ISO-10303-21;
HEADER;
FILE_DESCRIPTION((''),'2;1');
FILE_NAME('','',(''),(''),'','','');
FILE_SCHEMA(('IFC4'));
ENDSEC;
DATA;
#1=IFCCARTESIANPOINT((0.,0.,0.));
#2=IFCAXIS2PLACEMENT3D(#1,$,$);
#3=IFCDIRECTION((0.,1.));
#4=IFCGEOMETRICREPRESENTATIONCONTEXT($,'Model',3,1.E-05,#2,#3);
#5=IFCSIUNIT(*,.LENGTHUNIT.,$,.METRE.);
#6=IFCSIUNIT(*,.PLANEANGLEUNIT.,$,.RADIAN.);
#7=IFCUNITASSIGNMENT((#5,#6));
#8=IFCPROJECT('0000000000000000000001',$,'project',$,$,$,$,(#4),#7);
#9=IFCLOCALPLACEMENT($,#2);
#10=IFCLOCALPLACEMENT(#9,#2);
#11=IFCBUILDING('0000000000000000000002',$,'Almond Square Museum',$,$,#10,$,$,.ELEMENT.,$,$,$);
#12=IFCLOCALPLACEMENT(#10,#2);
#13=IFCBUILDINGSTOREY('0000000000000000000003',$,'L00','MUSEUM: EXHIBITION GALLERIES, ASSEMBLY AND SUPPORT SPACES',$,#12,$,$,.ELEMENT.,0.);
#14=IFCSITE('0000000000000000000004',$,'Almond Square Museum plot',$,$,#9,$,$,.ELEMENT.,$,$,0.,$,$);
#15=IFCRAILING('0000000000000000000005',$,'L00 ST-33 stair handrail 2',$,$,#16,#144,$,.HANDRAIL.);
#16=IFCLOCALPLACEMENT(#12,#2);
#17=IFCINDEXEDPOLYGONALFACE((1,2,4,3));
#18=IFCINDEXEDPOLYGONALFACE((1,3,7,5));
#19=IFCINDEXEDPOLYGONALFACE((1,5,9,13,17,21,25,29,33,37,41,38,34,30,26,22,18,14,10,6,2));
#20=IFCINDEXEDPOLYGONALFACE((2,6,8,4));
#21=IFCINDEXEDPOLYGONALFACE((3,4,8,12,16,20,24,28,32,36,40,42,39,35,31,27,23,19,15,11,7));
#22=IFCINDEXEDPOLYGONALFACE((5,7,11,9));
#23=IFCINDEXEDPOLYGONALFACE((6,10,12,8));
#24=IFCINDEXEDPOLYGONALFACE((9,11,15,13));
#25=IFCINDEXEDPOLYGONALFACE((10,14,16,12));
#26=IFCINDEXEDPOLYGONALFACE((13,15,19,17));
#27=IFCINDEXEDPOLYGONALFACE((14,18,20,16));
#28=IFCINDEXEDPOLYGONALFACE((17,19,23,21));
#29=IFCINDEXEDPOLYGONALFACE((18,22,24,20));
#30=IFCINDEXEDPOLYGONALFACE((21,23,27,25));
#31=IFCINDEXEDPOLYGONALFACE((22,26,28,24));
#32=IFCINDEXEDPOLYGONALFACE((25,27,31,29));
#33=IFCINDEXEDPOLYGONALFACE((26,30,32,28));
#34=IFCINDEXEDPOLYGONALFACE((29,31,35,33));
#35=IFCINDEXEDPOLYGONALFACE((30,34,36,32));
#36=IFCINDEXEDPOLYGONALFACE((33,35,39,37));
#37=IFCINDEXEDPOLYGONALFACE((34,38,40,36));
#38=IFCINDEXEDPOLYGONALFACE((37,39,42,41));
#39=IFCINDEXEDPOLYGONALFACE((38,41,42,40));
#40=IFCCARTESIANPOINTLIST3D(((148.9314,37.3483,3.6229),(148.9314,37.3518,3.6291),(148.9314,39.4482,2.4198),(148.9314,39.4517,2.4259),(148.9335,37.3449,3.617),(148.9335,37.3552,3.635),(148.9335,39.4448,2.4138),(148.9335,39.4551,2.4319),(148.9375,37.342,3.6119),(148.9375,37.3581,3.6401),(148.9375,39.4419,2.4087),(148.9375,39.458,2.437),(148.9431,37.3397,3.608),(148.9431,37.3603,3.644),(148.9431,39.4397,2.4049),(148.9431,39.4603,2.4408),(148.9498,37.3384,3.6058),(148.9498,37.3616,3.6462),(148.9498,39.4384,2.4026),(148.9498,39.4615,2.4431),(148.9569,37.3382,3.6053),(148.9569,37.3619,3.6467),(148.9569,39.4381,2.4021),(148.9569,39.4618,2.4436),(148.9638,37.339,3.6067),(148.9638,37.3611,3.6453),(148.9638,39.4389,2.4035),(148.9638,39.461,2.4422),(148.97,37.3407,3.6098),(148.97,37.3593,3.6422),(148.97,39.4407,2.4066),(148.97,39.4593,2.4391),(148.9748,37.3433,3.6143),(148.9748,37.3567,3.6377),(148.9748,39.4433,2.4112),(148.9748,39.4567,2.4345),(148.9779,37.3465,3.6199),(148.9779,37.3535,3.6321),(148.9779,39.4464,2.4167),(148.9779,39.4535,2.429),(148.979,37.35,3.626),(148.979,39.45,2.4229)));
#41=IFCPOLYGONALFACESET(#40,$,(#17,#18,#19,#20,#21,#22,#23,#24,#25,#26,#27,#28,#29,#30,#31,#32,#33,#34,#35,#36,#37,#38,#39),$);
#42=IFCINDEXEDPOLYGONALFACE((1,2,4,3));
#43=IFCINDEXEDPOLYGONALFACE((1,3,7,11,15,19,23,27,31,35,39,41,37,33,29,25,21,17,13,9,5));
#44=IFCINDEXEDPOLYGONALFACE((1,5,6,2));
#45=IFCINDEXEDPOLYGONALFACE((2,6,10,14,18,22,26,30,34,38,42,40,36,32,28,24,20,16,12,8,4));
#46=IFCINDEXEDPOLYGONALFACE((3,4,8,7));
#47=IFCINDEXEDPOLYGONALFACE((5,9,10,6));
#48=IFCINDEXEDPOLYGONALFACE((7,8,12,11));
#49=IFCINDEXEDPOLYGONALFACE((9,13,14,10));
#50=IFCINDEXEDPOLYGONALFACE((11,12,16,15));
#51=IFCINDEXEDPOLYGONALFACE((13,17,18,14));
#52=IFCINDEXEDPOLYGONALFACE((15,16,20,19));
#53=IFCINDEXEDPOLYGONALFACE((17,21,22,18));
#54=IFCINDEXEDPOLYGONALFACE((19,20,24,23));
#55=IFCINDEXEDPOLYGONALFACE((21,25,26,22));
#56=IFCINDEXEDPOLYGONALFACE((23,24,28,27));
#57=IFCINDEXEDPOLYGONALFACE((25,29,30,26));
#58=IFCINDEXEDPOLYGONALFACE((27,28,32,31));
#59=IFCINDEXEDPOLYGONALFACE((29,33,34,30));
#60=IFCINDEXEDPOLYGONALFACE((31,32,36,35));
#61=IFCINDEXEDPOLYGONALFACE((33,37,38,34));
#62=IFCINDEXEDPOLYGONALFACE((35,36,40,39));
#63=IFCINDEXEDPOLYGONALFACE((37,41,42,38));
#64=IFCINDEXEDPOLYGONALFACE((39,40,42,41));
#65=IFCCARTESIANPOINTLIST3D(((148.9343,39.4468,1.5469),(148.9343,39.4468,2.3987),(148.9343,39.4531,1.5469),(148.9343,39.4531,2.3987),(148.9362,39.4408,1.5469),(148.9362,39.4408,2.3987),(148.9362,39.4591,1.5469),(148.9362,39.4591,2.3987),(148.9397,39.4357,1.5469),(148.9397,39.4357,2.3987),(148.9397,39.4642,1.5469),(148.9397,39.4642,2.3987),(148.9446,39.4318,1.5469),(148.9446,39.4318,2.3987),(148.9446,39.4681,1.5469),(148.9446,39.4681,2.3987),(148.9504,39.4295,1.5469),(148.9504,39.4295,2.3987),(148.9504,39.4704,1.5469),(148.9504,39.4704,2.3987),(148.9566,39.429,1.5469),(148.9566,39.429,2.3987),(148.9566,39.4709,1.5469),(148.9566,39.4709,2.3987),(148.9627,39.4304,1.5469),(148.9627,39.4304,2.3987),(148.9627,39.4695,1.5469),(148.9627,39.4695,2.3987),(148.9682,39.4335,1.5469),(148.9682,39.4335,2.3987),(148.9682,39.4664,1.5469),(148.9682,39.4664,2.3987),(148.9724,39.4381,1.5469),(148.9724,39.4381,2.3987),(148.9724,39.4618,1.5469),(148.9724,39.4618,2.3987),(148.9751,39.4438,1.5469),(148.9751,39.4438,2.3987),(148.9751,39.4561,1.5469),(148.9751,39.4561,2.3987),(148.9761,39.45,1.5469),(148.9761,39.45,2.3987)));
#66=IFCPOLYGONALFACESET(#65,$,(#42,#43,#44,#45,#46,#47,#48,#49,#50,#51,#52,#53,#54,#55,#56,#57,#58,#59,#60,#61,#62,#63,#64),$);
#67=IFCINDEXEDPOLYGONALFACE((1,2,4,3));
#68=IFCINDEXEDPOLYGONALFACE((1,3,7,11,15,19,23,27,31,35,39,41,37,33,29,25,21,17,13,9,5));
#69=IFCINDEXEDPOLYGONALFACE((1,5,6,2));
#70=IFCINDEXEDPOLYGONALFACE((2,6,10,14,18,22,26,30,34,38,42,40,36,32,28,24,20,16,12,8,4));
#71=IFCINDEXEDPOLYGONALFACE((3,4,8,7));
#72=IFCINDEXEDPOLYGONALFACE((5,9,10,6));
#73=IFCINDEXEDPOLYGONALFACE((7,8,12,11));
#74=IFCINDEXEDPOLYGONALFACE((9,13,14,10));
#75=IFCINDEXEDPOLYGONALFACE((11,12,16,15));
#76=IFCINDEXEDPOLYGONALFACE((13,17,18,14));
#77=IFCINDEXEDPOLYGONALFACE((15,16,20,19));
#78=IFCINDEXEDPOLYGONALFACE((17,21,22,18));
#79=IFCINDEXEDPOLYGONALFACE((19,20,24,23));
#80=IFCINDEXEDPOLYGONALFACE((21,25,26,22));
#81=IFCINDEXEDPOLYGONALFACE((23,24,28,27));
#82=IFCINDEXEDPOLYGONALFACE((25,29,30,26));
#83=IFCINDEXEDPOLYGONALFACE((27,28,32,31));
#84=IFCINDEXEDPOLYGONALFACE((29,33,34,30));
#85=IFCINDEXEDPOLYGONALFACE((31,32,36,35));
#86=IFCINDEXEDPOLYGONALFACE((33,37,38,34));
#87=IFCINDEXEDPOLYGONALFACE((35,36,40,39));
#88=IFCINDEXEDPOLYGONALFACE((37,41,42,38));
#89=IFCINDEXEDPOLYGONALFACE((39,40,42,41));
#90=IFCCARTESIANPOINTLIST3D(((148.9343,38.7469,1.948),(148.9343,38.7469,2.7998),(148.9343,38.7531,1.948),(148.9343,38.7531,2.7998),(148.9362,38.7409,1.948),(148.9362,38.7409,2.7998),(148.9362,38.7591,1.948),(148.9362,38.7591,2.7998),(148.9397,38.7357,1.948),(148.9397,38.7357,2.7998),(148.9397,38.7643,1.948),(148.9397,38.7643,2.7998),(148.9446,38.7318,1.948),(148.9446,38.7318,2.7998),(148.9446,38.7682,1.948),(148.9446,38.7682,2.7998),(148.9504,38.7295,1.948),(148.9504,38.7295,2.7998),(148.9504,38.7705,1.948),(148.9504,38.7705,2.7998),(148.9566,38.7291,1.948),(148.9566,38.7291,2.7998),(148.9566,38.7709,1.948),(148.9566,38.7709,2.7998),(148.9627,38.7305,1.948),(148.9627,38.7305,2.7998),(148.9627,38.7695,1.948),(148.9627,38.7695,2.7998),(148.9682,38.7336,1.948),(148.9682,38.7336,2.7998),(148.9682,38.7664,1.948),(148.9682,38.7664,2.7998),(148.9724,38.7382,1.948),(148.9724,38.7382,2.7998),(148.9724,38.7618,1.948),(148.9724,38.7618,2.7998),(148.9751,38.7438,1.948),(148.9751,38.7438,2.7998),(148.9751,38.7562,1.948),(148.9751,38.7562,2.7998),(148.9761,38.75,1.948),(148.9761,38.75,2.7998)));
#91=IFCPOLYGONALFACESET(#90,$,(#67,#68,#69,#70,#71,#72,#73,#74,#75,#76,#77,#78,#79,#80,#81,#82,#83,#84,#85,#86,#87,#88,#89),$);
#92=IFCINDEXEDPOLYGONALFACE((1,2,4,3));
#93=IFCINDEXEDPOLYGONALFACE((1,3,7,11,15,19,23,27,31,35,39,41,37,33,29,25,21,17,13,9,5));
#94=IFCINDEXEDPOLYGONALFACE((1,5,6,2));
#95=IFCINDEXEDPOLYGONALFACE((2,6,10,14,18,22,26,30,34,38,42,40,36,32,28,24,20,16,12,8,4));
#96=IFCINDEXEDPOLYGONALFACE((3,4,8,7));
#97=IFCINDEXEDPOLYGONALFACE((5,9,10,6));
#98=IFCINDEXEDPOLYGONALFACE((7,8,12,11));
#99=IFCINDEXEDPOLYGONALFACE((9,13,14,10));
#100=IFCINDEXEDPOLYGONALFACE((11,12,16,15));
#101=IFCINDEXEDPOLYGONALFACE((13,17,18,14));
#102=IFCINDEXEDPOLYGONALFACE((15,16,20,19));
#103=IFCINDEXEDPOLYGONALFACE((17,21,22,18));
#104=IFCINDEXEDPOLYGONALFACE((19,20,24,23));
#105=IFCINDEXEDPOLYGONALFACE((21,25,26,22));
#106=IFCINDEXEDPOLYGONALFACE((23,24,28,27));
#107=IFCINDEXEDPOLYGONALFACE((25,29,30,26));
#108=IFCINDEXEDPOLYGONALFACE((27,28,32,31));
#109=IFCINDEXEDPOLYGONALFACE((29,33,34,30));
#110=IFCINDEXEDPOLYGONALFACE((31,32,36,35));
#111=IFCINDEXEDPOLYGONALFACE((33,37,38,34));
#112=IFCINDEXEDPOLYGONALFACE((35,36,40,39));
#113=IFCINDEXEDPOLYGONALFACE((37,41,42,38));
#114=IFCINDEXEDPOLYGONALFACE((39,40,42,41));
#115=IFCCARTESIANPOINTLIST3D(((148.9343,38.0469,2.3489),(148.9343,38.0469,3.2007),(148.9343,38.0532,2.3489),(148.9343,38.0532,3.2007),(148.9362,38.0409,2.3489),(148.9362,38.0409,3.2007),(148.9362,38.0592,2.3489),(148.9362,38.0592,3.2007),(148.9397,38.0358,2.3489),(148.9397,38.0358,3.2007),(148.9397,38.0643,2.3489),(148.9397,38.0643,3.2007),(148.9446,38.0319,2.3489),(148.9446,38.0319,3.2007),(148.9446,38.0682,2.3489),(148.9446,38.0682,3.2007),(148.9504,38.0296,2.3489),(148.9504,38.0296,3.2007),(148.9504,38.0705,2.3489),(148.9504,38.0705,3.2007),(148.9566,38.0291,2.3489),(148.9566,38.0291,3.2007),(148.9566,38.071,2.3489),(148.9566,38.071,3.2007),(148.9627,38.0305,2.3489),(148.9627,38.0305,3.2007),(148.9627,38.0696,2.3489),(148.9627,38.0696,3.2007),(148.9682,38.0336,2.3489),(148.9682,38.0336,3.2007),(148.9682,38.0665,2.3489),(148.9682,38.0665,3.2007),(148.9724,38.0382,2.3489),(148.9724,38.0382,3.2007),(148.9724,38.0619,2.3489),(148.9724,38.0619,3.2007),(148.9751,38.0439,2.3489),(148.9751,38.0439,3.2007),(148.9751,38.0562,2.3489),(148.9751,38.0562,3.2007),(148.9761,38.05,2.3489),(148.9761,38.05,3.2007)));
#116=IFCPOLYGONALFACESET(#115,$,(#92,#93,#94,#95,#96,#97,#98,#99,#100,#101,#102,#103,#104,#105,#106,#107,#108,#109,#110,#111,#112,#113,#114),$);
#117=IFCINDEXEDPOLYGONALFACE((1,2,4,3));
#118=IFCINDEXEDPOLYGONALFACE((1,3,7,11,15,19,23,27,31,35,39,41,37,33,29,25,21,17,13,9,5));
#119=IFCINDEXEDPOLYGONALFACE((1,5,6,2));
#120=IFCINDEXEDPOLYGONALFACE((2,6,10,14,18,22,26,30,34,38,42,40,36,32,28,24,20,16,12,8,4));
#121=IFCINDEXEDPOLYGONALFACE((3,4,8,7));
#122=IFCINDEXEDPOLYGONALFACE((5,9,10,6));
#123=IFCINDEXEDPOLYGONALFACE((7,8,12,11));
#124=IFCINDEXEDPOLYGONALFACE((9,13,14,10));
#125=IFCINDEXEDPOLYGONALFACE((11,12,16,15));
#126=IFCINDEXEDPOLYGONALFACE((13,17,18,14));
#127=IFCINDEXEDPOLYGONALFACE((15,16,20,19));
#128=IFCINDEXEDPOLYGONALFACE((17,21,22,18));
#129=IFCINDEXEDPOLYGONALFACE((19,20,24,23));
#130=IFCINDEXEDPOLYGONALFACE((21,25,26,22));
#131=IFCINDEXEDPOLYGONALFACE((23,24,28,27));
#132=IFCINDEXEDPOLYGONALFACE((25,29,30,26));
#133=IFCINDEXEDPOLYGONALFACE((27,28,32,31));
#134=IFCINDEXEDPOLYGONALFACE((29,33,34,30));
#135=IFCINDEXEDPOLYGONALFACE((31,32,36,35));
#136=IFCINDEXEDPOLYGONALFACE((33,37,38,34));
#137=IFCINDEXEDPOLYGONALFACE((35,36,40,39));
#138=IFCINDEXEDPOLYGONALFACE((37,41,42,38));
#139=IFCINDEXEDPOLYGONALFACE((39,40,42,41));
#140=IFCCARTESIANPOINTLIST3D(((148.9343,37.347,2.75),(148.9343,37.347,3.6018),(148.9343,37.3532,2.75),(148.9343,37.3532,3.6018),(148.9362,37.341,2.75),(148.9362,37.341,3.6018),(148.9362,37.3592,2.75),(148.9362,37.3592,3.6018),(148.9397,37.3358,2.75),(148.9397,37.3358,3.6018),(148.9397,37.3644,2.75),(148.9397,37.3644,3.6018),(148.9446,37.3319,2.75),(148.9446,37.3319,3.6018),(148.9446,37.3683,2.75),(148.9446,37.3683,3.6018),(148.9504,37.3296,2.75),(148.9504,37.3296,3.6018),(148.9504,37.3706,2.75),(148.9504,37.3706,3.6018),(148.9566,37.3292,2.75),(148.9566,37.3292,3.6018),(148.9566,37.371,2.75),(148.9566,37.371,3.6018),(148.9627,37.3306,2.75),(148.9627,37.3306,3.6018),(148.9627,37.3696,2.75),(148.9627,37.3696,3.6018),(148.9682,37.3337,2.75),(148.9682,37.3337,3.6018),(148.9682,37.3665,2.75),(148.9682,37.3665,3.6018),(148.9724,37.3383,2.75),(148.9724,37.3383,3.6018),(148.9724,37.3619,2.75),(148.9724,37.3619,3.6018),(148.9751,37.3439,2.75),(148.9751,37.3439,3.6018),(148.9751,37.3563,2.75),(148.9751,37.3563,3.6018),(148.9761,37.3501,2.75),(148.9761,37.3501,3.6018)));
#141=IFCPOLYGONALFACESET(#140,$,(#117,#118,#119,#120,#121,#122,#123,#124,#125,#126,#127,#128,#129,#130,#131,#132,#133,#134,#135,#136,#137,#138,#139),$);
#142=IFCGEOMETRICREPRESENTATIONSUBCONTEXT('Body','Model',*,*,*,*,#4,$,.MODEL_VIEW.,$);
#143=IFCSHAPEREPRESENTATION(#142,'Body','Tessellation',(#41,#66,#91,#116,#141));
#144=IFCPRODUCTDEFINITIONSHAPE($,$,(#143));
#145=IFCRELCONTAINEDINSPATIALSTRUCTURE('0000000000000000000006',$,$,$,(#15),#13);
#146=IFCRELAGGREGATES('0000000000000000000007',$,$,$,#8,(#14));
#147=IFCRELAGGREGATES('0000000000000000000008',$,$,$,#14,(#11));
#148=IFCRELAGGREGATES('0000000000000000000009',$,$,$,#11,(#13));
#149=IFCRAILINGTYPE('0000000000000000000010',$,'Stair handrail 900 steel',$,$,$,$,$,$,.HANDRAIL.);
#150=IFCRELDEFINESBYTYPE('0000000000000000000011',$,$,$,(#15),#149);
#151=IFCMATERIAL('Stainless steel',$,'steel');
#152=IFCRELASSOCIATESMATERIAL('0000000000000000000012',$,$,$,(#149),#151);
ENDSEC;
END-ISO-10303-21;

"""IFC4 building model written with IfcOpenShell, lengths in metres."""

from ifc_helpers import new_model, si_unit, direction, frame, origin, origin_2d, place, context, subcontext, project, spatial, circle, extrude, material, type_object, element, save


model = new_model("IFC4")

# Units and contexts
model_context = context("Model", 3, precision=1e-05, world=origin(), true_north=direction((0.0, 1.0)))
body_context = subcontext(model_context, "Body", "Model", "MODEL_VIEW")
ifc_project = project(units=[si_unit("LENGTHUNIT", "METRE"), si_unit("PLANEANGLEUNIT", "RADIAN")], contexts=[model_context])

# Site, building, storey
site_placement = place(None, origin())
site = spatial("IfcSite", under=ifc_project, at=site_placement, Name="Almond Square Museum plot", CompositionType="ELEMENT", RefElevation=0.0)
building_placement = place(site_placement, origin())
building = spatial("IfcBuilding", under=site, at=building_placement, Name="Almond Square Museum", CompositionType="ELEMENT")
storey_placement = place(building_placement, origin())
storey = spatial("IfcBuildingStorey", under=building, at=storey_placement, Name="L00", Description="MUSEUM: EXHIBITION GALLERIES, ASSEMBLY AND SUPPORT SPACES", CompositionType="ELEMENT", Elevation=0.0)

# Railing
ifc_material_1 = material(Name="Stainless steel", Category="steel")
railing_type_1 = type_object("IfcRailingType", Name="Stair handrail 900 steel", PredefinedType="HANDRAIL", material=ifc_material_1)
for number, where, name in (
    (1, (148.9551, 39.45, 1.5469), "L00 ST-33 stair handrail 2"),
):
    element("IfcRailing", number, at=place(storey_placement, frame(where)), inside=storey, type_object=railing_type_1, Name=name, PredefinedType="HANDRAIL", context=body_context, shape_type="SweptSolid", body=[
        extrude(circle(Radius=0.0239, at=origin_2d()), frame((0.0, 0.0, 0.876), z_axis=(0.0, -0.867671, 0.497138), x_axis=(1.0, 0.0, 0.0)), (0.0, 0.0, 1.0), 2.4202),
        extrude(circle(Radius=0.021, at=origin_2d()), origin(), (0.0, 0.0, 1.0), 0.8518),
        extrude(circle(Radius=0.021, at=origin_2d()), frame((0.0, -0.7, 0.4011)), (0.0, 0.0, 1.0), 0.8518),
        extrude(circle(Radius=0.021, at=origin_2d()), frame((0.0, -1.3999, 0.802)), (0.0, 0.0, 1.0), 0.8518),
        extrude(circle(Radius=0.021, at=origin_2d()), frame((0.0, -2.0999, 1.2031)), (0.0, 0.0, 1.0), 0.8518),
    ])

save(model, "model.ifc")
